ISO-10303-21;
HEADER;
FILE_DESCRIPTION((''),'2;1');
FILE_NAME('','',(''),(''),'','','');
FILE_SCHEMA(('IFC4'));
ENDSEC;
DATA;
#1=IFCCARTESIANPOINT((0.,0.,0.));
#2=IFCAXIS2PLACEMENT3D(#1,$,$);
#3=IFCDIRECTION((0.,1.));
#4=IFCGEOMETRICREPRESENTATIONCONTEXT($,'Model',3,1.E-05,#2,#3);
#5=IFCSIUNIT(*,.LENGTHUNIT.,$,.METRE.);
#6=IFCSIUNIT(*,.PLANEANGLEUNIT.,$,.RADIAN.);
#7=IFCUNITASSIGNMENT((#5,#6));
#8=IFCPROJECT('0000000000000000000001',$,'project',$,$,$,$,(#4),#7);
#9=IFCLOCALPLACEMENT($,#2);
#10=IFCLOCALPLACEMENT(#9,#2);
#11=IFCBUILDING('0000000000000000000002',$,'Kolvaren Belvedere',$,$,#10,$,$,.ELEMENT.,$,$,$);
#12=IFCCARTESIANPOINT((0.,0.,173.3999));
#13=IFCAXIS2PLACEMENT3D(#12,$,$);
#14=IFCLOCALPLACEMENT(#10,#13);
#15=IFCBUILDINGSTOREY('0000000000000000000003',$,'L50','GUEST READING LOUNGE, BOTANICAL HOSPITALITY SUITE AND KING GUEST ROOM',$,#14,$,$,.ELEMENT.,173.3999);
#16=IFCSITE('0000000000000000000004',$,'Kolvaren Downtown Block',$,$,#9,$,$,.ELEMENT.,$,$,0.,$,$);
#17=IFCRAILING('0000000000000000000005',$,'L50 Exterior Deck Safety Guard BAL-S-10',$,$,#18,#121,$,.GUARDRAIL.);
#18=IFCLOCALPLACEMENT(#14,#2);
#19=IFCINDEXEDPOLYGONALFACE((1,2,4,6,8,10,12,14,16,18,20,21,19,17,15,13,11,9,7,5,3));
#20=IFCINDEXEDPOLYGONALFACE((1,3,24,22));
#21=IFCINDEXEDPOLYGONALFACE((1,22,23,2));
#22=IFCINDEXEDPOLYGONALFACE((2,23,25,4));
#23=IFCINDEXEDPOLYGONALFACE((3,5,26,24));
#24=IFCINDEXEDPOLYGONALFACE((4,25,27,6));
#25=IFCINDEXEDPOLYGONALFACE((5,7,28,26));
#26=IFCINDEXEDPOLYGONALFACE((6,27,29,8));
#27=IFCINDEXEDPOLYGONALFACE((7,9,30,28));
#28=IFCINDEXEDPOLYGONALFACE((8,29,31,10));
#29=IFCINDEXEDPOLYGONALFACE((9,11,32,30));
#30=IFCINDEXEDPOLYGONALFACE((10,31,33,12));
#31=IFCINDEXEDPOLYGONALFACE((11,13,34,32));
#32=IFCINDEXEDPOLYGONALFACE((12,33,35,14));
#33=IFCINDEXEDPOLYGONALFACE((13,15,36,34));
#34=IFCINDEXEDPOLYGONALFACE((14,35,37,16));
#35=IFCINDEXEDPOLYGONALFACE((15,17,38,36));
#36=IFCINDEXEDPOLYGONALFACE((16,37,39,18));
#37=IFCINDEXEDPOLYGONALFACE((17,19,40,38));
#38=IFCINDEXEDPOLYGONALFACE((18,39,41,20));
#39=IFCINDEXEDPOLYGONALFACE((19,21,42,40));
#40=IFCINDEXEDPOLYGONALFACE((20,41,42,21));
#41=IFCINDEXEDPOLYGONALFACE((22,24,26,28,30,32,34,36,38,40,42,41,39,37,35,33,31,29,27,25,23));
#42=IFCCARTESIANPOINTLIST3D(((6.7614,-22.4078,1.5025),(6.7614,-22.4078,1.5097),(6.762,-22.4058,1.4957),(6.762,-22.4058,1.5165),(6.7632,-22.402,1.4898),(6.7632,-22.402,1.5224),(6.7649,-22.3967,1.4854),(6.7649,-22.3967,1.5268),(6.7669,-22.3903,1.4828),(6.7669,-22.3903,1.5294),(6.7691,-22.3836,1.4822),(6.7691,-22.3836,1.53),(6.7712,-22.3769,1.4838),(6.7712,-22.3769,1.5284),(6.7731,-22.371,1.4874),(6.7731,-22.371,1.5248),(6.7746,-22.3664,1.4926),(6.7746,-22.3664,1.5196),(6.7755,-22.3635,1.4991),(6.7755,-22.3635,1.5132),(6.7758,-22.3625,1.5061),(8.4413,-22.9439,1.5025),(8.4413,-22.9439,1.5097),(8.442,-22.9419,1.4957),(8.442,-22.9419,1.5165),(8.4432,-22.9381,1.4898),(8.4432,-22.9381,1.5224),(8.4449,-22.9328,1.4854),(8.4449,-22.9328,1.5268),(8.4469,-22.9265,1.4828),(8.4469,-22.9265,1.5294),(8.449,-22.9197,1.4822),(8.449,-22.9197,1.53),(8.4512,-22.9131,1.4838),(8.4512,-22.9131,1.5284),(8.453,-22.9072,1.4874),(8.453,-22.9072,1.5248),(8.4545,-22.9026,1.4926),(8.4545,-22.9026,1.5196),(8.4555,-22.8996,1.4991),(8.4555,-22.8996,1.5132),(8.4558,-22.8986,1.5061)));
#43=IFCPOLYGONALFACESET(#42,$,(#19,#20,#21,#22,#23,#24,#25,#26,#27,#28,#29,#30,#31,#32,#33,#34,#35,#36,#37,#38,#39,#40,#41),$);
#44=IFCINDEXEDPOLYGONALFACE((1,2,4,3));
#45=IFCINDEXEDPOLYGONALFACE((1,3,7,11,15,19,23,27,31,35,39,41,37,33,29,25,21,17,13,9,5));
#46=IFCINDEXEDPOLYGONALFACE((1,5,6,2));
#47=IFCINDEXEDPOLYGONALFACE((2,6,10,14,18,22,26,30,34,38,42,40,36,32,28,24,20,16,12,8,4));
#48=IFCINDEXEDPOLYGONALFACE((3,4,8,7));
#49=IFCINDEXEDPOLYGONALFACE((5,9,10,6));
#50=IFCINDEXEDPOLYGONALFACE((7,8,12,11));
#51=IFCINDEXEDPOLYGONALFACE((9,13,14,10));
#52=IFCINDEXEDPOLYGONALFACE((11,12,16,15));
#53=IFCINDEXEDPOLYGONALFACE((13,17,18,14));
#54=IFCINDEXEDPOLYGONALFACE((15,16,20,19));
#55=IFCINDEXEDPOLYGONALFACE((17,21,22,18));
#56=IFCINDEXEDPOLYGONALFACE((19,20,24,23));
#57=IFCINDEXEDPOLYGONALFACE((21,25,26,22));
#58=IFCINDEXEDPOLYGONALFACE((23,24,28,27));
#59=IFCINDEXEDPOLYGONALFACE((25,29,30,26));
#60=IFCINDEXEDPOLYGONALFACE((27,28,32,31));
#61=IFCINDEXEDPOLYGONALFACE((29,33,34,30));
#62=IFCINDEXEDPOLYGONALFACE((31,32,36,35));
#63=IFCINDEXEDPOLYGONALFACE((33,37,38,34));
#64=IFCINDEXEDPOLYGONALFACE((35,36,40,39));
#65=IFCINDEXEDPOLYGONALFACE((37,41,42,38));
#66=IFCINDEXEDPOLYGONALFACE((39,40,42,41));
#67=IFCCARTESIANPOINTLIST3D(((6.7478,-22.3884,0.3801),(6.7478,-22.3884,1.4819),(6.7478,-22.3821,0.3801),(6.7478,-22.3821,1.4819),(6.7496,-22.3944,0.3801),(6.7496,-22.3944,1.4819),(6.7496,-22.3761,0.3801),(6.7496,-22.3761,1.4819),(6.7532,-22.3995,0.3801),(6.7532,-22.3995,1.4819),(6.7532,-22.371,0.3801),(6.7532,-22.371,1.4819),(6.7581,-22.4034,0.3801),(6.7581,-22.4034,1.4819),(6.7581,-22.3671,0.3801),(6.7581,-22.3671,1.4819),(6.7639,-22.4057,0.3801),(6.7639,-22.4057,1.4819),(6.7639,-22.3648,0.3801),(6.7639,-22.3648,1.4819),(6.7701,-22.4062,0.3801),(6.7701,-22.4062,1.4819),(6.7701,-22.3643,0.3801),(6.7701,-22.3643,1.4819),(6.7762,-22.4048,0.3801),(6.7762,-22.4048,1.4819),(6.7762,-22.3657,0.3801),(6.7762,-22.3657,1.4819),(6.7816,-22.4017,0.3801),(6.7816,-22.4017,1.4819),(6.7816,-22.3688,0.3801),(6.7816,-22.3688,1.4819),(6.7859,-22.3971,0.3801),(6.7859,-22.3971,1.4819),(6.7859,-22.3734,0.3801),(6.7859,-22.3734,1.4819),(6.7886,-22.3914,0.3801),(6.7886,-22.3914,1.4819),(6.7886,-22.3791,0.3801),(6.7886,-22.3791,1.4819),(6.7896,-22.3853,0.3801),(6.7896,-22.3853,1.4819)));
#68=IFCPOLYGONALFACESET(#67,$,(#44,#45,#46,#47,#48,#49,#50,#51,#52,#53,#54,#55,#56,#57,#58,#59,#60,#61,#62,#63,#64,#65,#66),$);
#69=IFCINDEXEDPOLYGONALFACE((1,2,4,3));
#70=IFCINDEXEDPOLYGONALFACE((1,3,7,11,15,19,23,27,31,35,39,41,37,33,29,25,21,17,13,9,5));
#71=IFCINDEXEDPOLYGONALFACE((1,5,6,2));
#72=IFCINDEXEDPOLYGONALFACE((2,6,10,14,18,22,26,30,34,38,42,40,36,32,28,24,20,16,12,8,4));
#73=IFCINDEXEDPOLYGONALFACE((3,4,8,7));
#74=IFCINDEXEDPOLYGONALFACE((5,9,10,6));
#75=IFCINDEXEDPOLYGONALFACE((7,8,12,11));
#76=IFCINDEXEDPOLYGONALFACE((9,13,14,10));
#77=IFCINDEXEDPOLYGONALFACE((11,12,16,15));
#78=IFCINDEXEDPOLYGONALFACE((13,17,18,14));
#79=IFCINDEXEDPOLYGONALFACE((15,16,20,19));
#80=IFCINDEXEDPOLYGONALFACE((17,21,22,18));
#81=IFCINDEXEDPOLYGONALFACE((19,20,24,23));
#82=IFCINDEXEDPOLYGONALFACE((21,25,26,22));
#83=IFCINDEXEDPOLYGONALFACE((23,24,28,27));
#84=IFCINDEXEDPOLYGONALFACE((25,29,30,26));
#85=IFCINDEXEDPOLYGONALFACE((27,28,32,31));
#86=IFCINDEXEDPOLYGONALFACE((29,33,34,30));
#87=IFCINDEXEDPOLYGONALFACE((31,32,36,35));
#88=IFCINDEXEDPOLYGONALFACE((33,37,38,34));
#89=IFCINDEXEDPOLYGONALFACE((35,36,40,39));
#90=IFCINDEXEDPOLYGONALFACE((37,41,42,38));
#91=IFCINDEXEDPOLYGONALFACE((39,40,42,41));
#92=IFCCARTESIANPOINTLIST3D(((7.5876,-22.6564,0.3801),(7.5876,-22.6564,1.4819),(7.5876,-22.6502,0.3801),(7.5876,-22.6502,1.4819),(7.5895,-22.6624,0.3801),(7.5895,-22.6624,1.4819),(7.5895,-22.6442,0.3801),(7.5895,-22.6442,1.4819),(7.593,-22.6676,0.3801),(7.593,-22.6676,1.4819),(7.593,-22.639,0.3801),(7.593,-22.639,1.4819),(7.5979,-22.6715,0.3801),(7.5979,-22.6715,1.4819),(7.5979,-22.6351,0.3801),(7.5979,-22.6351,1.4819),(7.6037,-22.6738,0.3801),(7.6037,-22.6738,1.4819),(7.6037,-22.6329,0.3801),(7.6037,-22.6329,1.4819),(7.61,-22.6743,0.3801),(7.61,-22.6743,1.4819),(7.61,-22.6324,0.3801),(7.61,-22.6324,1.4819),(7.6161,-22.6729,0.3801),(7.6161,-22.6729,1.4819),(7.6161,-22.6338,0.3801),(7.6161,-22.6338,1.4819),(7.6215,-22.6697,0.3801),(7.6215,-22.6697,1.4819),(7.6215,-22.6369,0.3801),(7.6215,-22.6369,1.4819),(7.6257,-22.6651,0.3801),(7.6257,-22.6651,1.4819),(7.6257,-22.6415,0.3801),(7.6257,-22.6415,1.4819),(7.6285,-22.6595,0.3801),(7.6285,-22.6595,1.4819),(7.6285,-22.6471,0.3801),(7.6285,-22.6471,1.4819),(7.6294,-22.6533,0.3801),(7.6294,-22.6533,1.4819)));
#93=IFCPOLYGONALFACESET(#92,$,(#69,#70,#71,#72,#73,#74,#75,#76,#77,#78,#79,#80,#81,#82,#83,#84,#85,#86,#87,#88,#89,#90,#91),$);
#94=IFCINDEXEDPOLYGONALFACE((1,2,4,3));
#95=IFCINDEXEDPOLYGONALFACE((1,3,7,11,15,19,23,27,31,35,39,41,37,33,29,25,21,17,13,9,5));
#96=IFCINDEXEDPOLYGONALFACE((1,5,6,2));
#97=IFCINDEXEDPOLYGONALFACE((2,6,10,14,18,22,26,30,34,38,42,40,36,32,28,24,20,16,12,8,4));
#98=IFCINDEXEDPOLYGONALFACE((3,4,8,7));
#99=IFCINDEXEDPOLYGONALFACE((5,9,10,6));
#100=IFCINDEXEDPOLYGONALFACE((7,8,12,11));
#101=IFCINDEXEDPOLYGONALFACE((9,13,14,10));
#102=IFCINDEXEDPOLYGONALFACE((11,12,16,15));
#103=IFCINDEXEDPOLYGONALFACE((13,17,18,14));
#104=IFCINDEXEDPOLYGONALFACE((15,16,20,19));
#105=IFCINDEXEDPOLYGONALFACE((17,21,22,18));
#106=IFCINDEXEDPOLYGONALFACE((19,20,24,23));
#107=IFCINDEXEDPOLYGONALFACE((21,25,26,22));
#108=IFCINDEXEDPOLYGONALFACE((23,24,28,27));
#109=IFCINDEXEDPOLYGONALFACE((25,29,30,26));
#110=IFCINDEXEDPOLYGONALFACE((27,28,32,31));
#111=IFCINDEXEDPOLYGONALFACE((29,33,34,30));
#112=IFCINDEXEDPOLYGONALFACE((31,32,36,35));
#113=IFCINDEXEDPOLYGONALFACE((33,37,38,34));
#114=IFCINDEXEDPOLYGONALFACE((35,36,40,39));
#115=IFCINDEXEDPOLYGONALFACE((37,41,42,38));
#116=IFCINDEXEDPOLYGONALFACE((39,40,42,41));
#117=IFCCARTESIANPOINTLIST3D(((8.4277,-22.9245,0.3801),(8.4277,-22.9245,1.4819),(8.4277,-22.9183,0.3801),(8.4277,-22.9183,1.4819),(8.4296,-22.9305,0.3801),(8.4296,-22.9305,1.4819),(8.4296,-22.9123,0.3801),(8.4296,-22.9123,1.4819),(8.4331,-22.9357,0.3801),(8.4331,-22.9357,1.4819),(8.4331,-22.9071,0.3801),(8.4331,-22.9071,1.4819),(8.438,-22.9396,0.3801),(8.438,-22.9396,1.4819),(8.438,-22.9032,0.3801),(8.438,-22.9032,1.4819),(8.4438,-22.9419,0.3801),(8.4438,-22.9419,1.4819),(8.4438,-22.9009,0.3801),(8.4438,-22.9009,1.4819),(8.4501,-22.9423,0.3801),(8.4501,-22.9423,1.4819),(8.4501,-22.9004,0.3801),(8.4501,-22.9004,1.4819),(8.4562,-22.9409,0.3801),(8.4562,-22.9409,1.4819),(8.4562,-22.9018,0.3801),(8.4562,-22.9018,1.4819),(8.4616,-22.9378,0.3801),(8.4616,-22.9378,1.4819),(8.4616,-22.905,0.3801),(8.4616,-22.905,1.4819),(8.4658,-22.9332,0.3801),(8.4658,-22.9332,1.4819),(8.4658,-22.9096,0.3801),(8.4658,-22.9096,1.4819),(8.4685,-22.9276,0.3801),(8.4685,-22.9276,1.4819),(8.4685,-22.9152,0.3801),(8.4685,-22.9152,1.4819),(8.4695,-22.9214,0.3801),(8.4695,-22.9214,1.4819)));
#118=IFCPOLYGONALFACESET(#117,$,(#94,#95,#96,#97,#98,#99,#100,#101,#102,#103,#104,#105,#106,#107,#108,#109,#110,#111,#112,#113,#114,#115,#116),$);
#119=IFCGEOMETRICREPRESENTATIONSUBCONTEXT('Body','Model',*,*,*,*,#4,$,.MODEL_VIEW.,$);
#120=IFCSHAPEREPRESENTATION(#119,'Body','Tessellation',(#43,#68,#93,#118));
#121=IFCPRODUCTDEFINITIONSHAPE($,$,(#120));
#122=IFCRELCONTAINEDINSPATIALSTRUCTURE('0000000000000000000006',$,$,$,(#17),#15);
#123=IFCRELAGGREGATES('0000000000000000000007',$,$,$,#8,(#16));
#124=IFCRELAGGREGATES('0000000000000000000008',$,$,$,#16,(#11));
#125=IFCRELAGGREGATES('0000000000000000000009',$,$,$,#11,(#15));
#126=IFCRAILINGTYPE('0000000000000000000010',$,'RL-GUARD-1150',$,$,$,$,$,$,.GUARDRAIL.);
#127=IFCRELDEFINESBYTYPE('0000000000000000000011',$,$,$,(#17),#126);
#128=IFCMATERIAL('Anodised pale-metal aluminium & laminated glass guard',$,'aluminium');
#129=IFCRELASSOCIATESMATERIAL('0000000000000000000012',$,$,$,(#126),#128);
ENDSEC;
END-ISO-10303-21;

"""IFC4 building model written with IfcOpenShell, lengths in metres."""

from ifc_helpers import new_model, si_unit, direction, frame, origin, origin_2d, place, context, subcontext, project, spatial, circle, extrude, material, type_object, element, save


model = new_model("IFC4")

# Units and contexts
model_context = context("Model", 3, precision=1e-05, world=origin(), true_north=direction((0.0, 1.0)))
body_context = subcontext(model_context, "Body", "Model", "MODEL_VIEW")
ifc_project = project(units=[si_unit("LENGTHUNIT", "METRE"), si_unit("PLANEANGLEUNIT", "RADIAN")], contexts=[model_context])

# Site, building, storey
site_placement = place(None, origin())
site = spatial("IfcSite", under=ifc_project, at=site_placement, Name="Kolvaren Downtown Block", CompositionType="ELEMENT", RefElevation=0.0)
building_placement = place(site_placement, origin())
building = spatial("IfcBuilding", under=site, at=building_placement, Name="Kolvaren Belvedere", CompositionType="ELEMENT")
storey_placement = place(building_placement, frame((0.0, 0.0, 173.3999)))
storey = spatial("IfcBuildingStorey", under=building, at=storey_placement, Name="L50", Description="GUEST READING LOUNGE, BOTANICAL HOSPITALITY SUITE AND KING GUEST ROOM", CompositionType="ELEMENT", Elevation=173.3999)

# Railing
ifc_material_1 = material(Name="Anodised pale-metal aluminium & laminated glass guard", Category="aluminium")
railing_type = type_object("IfcRailingType", Name="RL-GUARD-1150", PredefinedType="GUARDRAIL", material=ifc_material_1)
railing_1_placement = place(storey_placement, frame((6.7686, -22.3853, 0.3801)))
element("IfcRailing", 1, at=railing_1_placement, inside=storey, type_object=railing_type, Name="L50 Exterior Deck Safety Guard BAL-S-10", PredefinedType="GUARDRAIL", context=body_context, shape_type="SweptSolid", body=[
    extrude(circle(Radius=0.0239, at=origin_2d()), frame((0.0, 0.0, 1.126), z_axis=(0.952662, -0.304032, 0.0), x_axis=(0.304032, 0.952662, 0.0)), (0.0, 0.0, 1.0), 1.7634),
    extrude(circle(Radius=0.021, at=origin_2d()), origin(), (0.0, 0.0, 1.0), 1.1018),
    extrude(circle(Radius=0.021, at=origin_2d()), frame((0.8398, -0.2681, 0.0)), (0.0, 0.0, 1.0), 1.1018),
    extrude(circle(Radius=0.021, at=origin_2d()), frame((1.6799, -0.5361, 0.0)), (0.0, 0.0, 1.0), 1.1018),
])

save(model, "model.ifc")
